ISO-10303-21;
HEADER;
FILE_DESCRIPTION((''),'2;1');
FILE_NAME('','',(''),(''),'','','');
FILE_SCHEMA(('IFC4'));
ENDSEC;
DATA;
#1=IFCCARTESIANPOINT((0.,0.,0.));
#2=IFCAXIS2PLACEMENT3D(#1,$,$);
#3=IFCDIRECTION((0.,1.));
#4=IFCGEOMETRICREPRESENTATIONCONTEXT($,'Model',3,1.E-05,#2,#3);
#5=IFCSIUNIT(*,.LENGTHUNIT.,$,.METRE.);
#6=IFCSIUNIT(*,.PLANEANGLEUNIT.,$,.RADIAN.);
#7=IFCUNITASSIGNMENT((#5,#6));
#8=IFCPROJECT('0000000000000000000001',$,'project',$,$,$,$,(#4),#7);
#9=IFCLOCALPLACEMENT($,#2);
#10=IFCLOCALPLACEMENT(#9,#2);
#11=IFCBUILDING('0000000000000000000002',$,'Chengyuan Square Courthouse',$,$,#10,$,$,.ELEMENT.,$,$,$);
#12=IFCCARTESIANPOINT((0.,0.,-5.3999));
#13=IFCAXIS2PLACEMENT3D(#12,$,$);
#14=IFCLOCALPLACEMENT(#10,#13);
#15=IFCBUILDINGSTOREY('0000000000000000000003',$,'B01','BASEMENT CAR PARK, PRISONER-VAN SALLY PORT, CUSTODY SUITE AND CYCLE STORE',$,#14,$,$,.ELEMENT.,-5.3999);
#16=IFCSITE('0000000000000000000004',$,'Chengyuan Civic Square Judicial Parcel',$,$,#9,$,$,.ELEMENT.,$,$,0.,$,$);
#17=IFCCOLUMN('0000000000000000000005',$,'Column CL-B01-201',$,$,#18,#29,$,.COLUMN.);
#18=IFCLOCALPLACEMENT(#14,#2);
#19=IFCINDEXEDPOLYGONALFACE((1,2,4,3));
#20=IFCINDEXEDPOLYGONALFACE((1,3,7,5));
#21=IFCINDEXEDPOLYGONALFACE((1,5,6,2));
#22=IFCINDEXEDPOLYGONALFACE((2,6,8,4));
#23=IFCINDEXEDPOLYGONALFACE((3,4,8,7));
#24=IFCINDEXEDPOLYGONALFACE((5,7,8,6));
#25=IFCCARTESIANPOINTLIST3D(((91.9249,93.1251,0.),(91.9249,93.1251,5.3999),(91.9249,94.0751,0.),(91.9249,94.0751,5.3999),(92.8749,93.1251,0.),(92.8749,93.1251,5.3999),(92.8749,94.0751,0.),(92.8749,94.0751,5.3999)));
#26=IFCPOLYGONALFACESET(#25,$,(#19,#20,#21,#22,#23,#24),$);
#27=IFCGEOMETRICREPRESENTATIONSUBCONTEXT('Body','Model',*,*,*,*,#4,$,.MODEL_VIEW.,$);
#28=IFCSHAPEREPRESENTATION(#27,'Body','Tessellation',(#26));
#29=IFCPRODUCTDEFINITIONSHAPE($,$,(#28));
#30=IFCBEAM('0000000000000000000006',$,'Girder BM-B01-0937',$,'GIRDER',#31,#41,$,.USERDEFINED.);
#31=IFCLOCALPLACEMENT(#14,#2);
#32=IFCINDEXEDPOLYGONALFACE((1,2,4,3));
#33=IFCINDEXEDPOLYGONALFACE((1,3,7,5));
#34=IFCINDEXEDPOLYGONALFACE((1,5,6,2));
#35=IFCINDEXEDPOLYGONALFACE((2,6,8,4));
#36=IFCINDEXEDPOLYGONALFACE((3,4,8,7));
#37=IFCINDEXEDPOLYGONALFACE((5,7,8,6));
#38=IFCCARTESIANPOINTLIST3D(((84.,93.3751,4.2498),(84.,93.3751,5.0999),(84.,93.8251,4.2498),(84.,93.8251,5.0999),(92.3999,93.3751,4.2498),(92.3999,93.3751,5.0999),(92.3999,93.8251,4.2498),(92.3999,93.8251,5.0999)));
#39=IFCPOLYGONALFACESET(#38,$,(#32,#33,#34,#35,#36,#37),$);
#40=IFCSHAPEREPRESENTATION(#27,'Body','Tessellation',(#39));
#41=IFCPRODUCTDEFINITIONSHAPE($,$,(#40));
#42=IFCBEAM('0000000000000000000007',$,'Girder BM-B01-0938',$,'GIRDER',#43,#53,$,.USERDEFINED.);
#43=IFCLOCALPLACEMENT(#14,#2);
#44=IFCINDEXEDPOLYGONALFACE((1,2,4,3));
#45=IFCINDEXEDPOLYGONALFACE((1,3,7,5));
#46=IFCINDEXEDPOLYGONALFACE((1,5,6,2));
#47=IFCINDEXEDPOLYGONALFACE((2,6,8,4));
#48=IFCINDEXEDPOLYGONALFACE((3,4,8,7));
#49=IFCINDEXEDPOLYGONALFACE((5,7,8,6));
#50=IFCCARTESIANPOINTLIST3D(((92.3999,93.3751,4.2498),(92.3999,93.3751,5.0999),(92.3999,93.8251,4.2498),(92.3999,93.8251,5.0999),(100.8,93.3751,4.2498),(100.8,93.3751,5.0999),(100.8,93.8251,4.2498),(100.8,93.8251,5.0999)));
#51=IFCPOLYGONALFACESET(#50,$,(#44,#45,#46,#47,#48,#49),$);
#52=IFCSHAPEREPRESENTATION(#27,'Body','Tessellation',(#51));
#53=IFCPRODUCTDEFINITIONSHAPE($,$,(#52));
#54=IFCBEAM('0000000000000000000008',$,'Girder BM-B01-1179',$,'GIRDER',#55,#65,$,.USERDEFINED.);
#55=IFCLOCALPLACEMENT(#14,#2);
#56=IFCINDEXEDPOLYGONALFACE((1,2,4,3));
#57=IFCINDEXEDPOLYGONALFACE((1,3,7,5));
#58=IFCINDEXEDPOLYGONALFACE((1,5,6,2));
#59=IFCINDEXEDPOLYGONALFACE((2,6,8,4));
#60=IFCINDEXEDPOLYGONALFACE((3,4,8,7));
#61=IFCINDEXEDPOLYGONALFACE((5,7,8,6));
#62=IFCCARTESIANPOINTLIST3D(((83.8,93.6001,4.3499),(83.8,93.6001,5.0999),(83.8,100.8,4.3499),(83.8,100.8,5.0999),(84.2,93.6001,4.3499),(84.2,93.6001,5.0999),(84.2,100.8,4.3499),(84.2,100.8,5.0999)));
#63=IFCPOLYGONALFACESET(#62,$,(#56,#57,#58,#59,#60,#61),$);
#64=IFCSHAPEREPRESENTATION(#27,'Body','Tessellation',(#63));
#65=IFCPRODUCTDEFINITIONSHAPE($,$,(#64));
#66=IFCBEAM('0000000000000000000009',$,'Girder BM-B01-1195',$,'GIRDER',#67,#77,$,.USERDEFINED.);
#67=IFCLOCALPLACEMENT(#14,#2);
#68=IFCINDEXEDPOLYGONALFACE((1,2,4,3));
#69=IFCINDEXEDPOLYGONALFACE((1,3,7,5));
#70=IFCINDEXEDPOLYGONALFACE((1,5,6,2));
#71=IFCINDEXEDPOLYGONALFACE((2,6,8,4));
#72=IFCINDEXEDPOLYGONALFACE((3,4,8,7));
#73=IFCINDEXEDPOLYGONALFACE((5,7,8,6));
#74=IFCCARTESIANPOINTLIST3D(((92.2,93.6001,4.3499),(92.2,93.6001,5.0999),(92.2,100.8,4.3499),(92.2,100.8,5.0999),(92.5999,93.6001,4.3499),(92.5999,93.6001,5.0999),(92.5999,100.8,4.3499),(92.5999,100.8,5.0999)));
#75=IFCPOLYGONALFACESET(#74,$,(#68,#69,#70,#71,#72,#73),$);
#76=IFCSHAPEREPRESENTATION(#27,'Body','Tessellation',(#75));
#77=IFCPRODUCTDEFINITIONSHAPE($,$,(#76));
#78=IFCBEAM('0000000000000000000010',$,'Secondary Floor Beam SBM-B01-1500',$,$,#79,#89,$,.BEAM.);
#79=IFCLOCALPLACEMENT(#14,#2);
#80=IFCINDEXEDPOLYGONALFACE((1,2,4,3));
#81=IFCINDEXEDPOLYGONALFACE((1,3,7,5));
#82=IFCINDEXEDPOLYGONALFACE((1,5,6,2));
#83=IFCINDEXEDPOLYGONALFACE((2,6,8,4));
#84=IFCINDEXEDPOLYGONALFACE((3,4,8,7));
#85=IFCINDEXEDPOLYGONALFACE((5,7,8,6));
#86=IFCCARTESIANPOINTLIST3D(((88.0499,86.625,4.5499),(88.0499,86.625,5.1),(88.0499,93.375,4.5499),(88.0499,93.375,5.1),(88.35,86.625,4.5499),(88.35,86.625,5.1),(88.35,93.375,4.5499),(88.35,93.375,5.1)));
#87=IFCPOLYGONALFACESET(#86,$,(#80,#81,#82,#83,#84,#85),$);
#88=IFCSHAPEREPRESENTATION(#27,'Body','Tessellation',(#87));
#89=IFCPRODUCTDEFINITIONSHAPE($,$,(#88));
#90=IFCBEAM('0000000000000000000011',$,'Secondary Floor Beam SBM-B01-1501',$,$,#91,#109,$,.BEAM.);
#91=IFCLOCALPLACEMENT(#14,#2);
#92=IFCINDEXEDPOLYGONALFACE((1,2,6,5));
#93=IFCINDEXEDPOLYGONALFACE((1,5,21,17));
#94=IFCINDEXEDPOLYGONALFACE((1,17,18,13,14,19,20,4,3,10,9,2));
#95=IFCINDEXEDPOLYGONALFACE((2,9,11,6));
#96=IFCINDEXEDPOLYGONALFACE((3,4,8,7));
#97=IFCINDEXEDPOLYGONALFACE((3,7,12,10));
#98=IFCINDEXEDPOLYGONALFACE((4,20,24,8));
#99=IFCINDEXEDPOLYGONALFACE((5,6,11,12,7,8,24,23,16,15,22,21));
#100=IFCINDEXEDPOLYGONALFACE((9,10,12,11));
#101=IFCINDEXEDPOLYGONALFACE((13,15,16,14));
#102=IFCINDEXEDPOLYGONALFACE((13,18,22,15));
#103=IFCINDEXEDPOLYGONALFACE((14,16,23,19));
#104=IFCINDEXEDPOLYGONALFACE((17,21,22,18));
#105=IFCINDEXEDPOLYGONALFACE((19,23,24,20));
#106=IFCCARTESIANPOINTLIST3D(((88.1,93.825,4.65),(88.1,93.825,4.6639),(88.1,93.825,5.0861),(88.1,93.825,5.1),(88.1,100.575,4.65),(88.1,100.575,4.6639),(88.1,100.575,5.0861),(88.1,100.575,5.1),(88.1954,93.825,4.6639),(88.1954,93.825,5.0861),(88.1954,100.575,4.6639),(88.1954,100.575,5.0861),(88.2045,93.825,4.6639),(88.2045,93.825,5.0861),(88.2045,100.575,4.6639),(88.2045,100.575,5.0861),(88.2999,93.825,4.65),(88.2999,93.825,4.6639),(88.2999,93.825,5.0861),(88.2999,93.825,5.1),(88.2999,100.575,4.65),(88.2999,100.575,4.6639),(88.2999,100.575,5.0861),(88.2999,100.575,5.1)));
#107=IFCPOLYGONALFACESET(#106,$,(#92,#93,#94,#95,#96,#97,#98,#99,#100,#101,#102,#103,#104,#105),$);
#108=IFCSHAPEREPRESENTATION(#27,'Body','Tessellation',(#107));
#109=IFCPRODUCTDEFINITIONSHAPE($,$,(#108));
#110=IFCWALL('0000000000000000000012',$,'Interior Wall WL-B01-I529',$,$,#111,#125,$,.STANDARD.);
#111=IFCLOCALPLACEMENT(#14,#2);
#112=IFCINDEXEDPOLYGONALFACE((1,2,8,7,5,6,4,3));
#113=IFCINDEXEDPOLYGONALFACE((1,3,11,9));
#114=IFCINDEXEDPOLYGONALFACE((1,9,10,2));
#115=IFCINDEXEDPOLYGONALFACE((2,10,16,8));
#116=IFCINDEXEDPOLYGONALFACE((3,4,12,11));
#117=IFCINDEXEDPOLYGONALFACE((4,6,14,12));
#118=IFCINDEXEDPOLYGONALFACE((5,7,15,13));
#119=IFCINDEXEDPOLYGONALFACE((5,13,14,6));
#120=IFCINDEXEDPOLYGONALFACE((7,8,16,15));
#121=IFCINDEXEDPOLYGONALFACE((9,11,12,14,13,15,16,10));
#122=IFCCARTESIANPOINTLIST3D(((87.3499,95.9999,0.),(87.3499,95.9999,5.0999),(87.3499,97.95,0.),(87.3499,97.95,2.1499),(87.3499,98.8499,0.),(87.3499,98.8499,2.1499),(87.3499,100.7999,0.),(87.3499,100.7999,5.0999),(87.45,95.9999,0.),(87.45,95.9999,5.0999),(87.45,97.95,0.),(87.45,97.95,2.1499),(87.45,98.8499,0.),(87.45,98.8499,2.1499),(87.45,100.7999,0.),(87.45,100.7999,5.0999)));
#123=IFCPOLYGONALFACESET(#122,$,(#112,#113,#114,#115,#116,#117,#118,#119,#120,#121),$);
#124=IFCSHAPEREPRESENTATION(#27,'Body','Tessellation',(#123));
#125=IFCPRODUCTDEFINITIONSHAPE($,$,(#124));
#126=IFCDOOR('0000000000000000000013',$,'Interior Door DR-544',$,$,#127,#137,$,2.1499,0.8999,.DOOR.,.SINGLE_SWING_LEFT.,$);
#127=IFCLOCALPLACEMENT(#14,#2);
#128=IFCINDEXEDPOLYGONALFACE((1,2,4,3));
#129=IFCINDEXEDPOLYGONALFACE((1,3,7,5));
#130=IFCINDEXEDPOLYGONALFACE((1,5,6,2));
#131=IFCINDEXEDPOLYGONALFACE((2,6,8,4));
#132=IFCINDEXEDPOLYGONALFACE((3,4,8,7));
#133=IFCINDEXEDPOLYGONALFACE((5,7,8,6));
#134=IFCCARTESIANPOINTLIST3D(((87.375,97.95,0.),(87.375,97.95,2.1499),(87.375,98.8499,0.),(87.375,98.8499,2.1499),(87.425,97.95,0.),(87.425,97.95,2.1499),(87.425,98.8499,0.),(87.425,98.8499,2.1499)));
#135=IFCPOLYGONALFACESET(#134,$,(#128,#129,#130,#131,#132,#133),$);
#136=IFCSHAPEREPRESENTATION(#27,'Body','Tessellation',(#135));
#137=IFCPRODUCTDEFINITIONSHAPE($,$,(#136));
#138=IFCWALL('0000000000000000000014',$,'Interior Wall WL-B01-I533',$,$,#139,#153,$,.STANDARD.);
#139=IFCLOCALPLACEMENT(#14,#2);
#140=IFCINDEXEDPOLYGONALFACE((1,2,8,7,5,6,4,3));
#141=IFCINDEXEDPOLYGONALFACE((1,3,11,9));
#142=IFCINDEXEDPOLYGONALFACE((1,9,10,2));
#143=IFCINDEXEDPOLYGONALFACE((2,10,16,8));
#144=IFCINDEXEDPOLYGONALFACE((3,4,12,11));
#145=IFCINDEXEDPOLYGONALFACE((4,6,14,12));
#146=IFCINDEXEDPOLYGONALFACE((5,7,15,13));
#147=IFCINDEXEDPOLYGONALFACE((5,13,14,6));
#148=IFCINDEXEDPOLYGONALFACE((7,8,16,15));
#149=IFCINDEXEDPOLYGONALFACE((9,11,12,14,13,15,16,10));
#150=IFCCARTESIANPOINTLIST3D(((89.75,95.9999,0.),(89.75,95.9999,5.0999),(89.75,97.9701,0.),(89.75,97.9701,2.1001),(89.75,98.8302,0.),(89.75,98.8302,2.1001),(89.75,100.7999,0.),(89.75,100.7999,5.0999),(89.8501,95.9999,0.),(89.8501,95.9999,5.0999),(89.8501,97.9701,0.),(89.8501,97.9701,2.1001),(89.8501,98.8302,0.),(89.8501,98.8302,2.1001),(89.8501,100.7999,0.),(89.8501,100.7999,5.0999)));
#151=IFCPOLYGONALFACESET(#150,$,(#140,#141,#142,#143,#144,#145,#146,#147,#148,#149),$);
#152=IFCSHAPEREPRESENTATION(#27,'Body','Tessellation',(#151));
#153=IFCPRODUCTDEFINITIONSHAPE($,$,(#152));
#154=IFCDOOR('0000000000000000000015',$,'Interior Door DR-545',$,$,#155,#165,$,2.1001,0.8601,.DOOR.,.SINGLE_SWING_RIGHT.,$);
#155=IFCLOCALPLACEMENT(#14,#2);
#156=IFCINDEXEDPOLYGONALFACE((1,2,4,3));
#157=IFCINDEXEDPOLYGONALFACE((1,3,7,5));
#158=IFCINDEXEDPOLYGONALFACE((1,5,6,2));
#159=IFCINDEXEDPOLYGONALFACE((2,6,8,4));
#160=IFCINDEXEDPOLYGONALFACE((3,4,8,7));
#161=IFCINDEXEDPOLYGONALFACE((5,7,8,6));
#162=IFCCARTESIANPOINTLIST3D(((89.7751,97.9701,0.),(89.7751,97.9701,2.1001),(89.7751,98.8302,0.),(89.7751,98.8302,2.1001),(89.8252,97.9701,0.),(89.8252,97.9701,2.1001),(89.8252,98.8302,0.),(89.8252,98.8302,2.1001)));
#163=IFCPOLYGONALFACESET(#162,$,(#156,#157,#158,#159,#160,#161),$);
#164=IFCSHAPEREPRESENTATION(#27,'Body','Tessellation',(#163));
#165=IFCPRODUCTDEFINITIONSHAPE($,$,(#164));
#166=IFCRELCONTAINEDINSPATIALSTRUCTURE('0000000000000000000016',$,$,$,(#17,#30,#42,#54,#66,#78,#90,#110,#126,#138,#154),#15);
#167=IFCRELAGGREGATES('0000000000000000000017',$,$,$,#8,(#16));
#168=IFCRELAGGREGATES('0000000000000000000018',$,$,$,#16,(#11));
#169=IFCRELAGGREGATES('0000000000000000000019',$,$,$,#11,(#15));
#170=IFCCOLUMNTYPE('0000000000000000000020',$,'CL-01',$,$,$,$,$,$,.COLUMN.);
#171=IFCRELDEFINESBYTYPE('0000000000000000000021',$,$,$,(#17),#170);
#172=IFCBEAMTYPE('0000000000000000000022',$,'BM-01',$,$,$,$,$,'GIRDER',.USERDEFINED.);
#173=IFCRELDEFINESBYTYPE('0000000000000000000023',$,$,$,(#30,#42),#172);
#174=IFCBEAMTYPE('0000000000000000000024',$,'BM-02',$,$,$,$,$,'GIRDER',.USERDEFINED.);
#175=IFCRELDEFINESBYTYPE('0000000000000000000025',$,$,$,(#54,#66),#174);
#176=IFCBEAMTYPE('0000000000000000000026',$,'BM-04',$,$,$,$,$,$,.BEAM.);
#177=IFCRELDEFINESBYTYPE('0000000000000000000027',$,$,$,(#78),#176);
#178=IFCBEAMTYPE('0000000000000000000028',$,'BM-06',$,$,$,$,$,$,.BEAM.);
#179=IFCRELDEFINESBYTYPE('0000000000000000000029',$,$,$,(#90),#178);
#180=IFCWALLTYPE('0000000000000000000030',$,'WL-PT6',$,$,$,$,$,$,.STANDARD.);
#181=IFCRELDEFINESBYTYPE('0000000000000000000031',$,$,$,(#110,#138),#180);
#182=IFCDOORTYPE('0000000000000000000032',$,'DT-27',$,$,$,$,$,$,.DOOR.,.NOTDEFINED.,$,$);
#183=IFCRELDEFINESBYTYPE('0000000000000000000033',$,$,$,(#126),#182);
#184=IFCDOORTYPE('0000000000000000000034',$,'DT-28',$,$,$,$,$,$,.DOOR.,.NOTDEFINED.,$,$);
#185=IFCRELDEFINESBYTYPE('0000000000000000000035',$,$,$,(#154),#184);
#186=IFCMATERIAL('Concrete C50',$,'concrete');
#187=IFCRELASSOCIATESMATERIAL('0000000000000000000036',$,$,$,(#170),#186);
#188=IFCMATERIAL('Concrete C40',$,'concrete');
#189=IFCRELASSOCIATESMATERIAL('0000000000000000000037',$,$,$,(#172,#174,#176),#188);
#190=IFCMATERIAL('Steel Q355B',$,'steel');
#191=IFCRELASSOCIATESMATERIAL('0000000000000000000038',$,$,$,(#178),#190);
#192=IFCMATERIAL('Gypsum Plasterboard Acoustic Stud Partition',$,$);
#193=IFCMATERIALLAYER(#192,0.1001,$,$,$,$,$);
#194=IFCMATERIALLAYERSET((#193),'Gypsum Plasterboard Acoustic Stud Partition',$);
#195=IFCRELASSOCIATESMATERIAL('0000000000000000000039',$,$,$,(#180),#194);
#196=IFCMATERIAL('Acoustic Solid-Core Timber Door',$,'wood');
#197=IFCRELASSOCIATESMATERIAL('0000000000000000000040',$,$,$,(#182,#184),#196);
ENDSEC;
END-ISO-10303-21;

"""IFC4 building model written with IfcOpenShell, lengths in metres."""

from ifc_helpers import new_model, si_unit, direction, frame, frame_2d, origin, origin_2d, place, context, subcontext, project, spatial, rectangle, i_section, extrude, material, layer, layer_set, material_profile, profile_set, type_object, element, fill, save


model = new_model("IFC4")

# Units and contexts
model_context = context("Model", 3, precision=1e-05, world=origin(), true_north=direction((0.0, 1.0)))
body_context = subcontext(model_context, "Body", "Model", "MODEL_VIEW")
ifc_project = project(units=[si_unit("LENGTHUNIT", "METRE"), si_unit("PLANEANGLEUNIT", "RADIAN")], contexts=[model_context])

# Site, building, storey
site_placement = place(None, origin())
site = spatial("IfcSite", under=ifc_project, at=site_placement, Name="Chengyuan Civic Square Judicial Parcel", CompositionType="ELEMENT", RefElevation=0.0)
building_placement = place(site_placement, origin())
building = spatial("IfcBuilding", under=site, at=building_placement, Name="Chengyuan Square Courthouse", CompositionType="ELEMENT")
storey_placement = place(building_placement, frame((0.0, 0.0, -5.3999)))
storey = spatial("IfcBuildingStorey", under=building, at=storey_placement, Name="B01", Description="BASEMENT CAR PARK, PRISONER-VAN SALLY PORT, CUSTODY SUITE AND CYCLE STORE", CompositionType="ELEMENT", Elevation=-5.3999)

# Column
ifc_material_1 = material(Name="Concrete C50", Category="concrete")
ifc_material_profile_1 = material_profile(ifc_material_1, rectangle(XDim=0.95, YDim=0.95, at=origin_2d()), Name="RC-COL-950x950")
ifc_profile_set_1 = profile_set([ifc_material_profile_1], Name="Concrete C50")
column_type = type_object("IfcColumnType", Name="CL-01", PredefinedType="COLUMN", material=ifc_profile_set_1)
column_placement = place(storey_placement, frame((92.3999, 93.6001, 0.0), z_axis=(0.0, 0.0, 1.0), x_axis=(1.0, 0.0, 0.0)))
element("IfcColumn", 1, at=column_placement, inside=storey, type_object=column_type, Name="Column CL-B01-201", PredefinedType="COLUMN", context=body_context, shape_type="SweptSolid", body=[
    extrude(rectangle(XDim=0.95, YDim=0.95, at=origin_2d()), origin(), (0.0, 0.0, 1.0), 5.3999),
])

# Beams
ifc_material_2 = material(Name="Concrete C40", Category="concrete")
ifc_material_profile_2 = material_profile(ifc_material_2, rectangle(XDim=0.45, YDim=0.8501, at=origin_2d()), Name="RC-BM-450x850")
ifc_profile_set_2 = profile_set([ifc_material_profile_2], Name="Concrete C40")
beam_type_1 = type_object("IfcBeamType", Name="BM-01", ElementType="GIRDER", PredefinedType="USERDEFINED", material=ifc_profile_set_2)
beam_1_placement = place(storey_placement, frame((84.0, 93.6001, 4.6748), z_axis=(1.0, 0.0, 0.0), x_axis=(0.0, 1.0, 0.0)))
element("IfcBeam", 2, at=beam_1_placement, inside=storey, type_object=beam_type_1, Name="Girder BM-B01-0937", ObjectType="GIRDER", PredefinedType="USERDEFINED", context=body_context, shape_type="SweptSolid", body=[
    extrude(rectangle(XDim=0.45, YDim=0.8501, at=origin_2d()), origin(), (0.0, 0.0, 1.0), 8.3999),
])
beam_2_placement = place(storey_placement, frame((92.3999, 93.6001, 4.6748), z_axis=(1.0, 0.0, 0.0), x_axis=(0.0, 1.0, 0.0)))
element("IfcBeam", 3, at=beam_2_placement, inside=storey, type_object=beam_type_1, Name="Girder BM-B01-0938", ObjectType="GIRDER", PredefinedType="USERDEFINED", context=body_context, shape_type="SweptSolid", body=[
    extrude(rectangle(XDim=0.45, YDim=0.8501, at=origin_2d()), origin(), (0.0, 0.0, 1.0), 8.4001),
])
ifc_material_profile_3 = material_profile(ifc_material_2, rectangle(XDim=0.3999, YDim=0.75, at=origin_2d()), Name="RC-BM-400x750")
ifc_profile_set_3 = profile_set([ifc_material_profile_3], Name="Concrete C40")
beam_type_2 = type_object("IfcBeamType", Name="BM-02", ElementType="GIRDER", PredefinedType="USERDEFINED", material=ifc_profile_set_3)
for number, where, z_axis, x_axis, name in (
    (4, (84.0, 93.6001, 4.7249), (0.0, 1.0, 0.0), (-1.0, 0.0, 0.0), "Girder BM-B01-1179"),
    (5, (92.3999, 93.6001, 4.7249), (0.0, 1.0, 0.0), (-1.0, 0.0, 0.0), "Girder BM-B01-1195"),
):
    element("IfcBeam", number, at=place(storey_placement, frame(where, z_axis=z_axis, x_axis=x_axis)), inside=storey, type_object=beam_type_2, Name=name, ObjectType="GIRDER", PredefinedType="USERDEFINED", context=body_context, shape_type="SweptSolid", body=[
        extrude(rectangle(XDim=0.3999, YDim=0.75, at=origin_2d()), origin(), (0.0, 0.0, 1.0), 7.2),
    ])
ifc_material_profile_4 = material_profile(ifc_material_2, rectangle(XDim=0.3, YDim=0.55, at=origin_2d()), Name="RC-BM-300x550")
ifc_profile_set_4 = profile_set([ifc_material_profile_4], Name="Concrete C40")
beam_type_3 = type_object("IfcBeamType", Name="BM-04", PredefinedType="BEAM", material=ifc_profile_set_4)
beam_3_placement = place(storey_placement, frame((88.2, 86.625, 4.825), z_axis=(0.0, 1.0, 0.0), x_axis=(-1.0, 0.0, 0.0)))
element("IfcBeam", 6, at=beam_3_placement, inside=storey, type_object=beam_type_3, Name="Secondary Floor Beam SBM-B01-1500", PredefinedType="BEAM", context=body_context, shape_type="SweptSolid", body=[
    extrude(rectangle(XDim=0.3, YDim=0.55, at=origin_2d()), origin(), (0.0, 0.0, 1.0), 6.75),
])
ifc_material_3 = material(Name="Steel Q355B", Category="steel")
ifc_material_profile_5 = material_profile(ifc_material_3, i_section(OverallWidth=0.2, OverallDepth=0.45, WebThickness=0.009, FlangeThickness=0.0139, at=origin_2d()), Name="HN 450x200x9x14")
ifc_profile_set_5 = profile_set([ifc_material_profile_5], Name="Steel Q355B")
beam_type_4 = type_object("IfcBeamType", Name="BM-06", PredefinedType="BEAM", material=ifc_profile_set_5)
beam_4_placement = place(storey_placement, frame((88.2, 93.825, 4.875), z_axis=(0.0, 1.0, 0.0), x_axis=(-1.0, 0.0, 0.0)))
element("IfcBeam", 7, at=beam_4_placement, inside=storey, type_object=beam_type_4, Name="Secondary Floor Beam SBM-B01-1501", PredefinedType="BEAM", context=body_context, shape_type="SweptSolid", body=[
    extrude(i_section(OverallWidth=0.2, OverallDepth=0.45, WebThickness=0.009, FlangeThickness=0.0139, at=origin_2d()), origin(), (0.0, 0.0, 1.0), 6.75),
])

# Walls, openings, doors
ifc_material_4 = material(Name="Gypsum Plasterboard Acoustic Stud Partition")
ifc_layer_1 = layer(ifc_material_4, 0.1001)
ifc_layer_set_1 = layer_set([ifc_layer_1], Name="Gypsum Plasterboard Acoustic Stud Partition")
wall_type_1 = type_object("IfcWallType", Name="WL-PT6", PredefinedType="STANDARD", material=ifc_layer_set_1)
wall_1_placement = place(storey_placement, frame((87.3999, 96.0, 0.0), z_axis=(0.0, 0.0, 1.0), x_axis=(0.0, 1.0, 0.0)))
wall_1 = element("IfcWall", 8, at=wall_1_placement, inside=storey, type_object=wall_type_1, Name="Interior Wall WL-B01-I529", PredefinedType="STANDARD", context=body_context, shape_type="SweptSolid", body=[
    extrude(rectangle(XDim=4.8, YDim=0.1001, at=frame_2d((2.3999, 0.0))), origin(), (0.0, 0.0, 1.0), 5.0999),
])
opening_1_placement = place(wall_1_placement, frame((1.95, 0.0, 0.0)))
opening_1 = element("IfcOpeningElement", 9, at=opening_1_placement, cuts=wall_1, PredefinedType="OPENING", context=body_context, shape_type="SweptSolid", body=[
    extrude(rectangle(XDim=0.8999, YDim=2.1499, at=frame_2d((0.45, 1.075))), frame((0.0, 0.062, 0.0), z_axis=(0.0, -1.0, 0.0), x_axis=(1.0, 0.0, 0.0)), (0.0, 0.0, 1.0), 0.124),
])
ifc_material_5 = material(Name="Acoustic Solid-Core Timber Door", Category="wood")
door_type_1 = type_object("IfcDoorType", Name="DT-27", OperationType="NOTDEFINED", PredefinedType="DOOR", material=ifc_material_5)
door_1_placement = place(opening_1_placement, origin())
door_1 = element("IfcDoor", 10, at=door_1_placement, inside=storey, type_object=door_type_1, Name="Interior Door DR-544", OperationType="SINGLE_SWING_LEFT", OverallHeight=2.1499, OverallWidth=0.8999, PredefinedType="DOOR", context=body_context, shape_type="SweptSolid", body=[
    extrude(rectangle(XDim=0.8999, YDim=2.1499, at=frame_2d((0.45, 1.075))), frame((0.0, 0.0249, 0.0), z_axis=(0.0, -1.0, 0.0), x_axis=(1.0, 0.0, 0.0)), (0.0, 0.0, 1.0), 0.05),
])
fill(opening_1, door_1)
wall_2_placement = place(storey_placement, frame((89.8, 96.0, 0.0), z_axis=(0.0, 0.0, 1.0), x_axis=(0.0, 1.0, 0.0)))
wall_2 = element("IfcWall", 11, at=wall_2_placement, inside=storey, type_object=wall_type_1, Name="Interior Wall WL-B01-I533", PredefinedType="STANDARD", context=body_context, shape_type="SweptSolid", body=[
    extrude(rectangle(XDim=4.8, YDim=0.1001, at=frame_2d((2.3999, 0.0))), origin(), (0.0, 0.0, 1.0), 5.0999),
])
opening_2_placement = place(wall_2_placement, frame((1.97, 0.0, 0.0)))
opening_2 = element("IfcOpeningElement", 12, at=opening_2_placement, cuts=wall_2, PredefinedType="OPENING", context=body_context, shape_type="SweptSolid", body=[
    extrude(rectangle(XDim=0.8601, YDim=2.1001, at=frame_2d((0.4302, 1.05))), frame((0.0, 0.062, 0.0), z_axis=(0.0, -1.0, 0.0), x_axis=(1.0, 0.0, 0.0)), (0.0, 0.0, 1.0), 0.124),
])
door_type_2 = type_object("IfcDoorType", Name="DT-28", OperationType="NOTDEFINED", PredefinedType="DOOR", material=ifc_material_5)
door_2_placement = place(opening_2_placement, origin())
door_2 = element("IfcDoor", 13, at=door_2_placement, inside=storey, type_object=door_type_2, Name="Interior Door DR-545", OperationType="SINGLE_SWING_RIGHT", OverallHeight=2.1001, OverallWidth=0.8601, PredefinedType="DOOR", context=body_context, shape_type="SweptSolid", body=[
    extrude(rectangle(XDim=0.8601, YDim=2.1001, at=frame_2d((0.4302, 1.05))), frame((0.0, 0.0249, 0.0), z_axis=(0.0, -1.0, 0.0), x_axis=(1.0, 0.0, 0.0)), (0.0, 0.0, 1.0), 0.05),
])
fill(opening_2, door_2)

save(model, "model.ifc")
